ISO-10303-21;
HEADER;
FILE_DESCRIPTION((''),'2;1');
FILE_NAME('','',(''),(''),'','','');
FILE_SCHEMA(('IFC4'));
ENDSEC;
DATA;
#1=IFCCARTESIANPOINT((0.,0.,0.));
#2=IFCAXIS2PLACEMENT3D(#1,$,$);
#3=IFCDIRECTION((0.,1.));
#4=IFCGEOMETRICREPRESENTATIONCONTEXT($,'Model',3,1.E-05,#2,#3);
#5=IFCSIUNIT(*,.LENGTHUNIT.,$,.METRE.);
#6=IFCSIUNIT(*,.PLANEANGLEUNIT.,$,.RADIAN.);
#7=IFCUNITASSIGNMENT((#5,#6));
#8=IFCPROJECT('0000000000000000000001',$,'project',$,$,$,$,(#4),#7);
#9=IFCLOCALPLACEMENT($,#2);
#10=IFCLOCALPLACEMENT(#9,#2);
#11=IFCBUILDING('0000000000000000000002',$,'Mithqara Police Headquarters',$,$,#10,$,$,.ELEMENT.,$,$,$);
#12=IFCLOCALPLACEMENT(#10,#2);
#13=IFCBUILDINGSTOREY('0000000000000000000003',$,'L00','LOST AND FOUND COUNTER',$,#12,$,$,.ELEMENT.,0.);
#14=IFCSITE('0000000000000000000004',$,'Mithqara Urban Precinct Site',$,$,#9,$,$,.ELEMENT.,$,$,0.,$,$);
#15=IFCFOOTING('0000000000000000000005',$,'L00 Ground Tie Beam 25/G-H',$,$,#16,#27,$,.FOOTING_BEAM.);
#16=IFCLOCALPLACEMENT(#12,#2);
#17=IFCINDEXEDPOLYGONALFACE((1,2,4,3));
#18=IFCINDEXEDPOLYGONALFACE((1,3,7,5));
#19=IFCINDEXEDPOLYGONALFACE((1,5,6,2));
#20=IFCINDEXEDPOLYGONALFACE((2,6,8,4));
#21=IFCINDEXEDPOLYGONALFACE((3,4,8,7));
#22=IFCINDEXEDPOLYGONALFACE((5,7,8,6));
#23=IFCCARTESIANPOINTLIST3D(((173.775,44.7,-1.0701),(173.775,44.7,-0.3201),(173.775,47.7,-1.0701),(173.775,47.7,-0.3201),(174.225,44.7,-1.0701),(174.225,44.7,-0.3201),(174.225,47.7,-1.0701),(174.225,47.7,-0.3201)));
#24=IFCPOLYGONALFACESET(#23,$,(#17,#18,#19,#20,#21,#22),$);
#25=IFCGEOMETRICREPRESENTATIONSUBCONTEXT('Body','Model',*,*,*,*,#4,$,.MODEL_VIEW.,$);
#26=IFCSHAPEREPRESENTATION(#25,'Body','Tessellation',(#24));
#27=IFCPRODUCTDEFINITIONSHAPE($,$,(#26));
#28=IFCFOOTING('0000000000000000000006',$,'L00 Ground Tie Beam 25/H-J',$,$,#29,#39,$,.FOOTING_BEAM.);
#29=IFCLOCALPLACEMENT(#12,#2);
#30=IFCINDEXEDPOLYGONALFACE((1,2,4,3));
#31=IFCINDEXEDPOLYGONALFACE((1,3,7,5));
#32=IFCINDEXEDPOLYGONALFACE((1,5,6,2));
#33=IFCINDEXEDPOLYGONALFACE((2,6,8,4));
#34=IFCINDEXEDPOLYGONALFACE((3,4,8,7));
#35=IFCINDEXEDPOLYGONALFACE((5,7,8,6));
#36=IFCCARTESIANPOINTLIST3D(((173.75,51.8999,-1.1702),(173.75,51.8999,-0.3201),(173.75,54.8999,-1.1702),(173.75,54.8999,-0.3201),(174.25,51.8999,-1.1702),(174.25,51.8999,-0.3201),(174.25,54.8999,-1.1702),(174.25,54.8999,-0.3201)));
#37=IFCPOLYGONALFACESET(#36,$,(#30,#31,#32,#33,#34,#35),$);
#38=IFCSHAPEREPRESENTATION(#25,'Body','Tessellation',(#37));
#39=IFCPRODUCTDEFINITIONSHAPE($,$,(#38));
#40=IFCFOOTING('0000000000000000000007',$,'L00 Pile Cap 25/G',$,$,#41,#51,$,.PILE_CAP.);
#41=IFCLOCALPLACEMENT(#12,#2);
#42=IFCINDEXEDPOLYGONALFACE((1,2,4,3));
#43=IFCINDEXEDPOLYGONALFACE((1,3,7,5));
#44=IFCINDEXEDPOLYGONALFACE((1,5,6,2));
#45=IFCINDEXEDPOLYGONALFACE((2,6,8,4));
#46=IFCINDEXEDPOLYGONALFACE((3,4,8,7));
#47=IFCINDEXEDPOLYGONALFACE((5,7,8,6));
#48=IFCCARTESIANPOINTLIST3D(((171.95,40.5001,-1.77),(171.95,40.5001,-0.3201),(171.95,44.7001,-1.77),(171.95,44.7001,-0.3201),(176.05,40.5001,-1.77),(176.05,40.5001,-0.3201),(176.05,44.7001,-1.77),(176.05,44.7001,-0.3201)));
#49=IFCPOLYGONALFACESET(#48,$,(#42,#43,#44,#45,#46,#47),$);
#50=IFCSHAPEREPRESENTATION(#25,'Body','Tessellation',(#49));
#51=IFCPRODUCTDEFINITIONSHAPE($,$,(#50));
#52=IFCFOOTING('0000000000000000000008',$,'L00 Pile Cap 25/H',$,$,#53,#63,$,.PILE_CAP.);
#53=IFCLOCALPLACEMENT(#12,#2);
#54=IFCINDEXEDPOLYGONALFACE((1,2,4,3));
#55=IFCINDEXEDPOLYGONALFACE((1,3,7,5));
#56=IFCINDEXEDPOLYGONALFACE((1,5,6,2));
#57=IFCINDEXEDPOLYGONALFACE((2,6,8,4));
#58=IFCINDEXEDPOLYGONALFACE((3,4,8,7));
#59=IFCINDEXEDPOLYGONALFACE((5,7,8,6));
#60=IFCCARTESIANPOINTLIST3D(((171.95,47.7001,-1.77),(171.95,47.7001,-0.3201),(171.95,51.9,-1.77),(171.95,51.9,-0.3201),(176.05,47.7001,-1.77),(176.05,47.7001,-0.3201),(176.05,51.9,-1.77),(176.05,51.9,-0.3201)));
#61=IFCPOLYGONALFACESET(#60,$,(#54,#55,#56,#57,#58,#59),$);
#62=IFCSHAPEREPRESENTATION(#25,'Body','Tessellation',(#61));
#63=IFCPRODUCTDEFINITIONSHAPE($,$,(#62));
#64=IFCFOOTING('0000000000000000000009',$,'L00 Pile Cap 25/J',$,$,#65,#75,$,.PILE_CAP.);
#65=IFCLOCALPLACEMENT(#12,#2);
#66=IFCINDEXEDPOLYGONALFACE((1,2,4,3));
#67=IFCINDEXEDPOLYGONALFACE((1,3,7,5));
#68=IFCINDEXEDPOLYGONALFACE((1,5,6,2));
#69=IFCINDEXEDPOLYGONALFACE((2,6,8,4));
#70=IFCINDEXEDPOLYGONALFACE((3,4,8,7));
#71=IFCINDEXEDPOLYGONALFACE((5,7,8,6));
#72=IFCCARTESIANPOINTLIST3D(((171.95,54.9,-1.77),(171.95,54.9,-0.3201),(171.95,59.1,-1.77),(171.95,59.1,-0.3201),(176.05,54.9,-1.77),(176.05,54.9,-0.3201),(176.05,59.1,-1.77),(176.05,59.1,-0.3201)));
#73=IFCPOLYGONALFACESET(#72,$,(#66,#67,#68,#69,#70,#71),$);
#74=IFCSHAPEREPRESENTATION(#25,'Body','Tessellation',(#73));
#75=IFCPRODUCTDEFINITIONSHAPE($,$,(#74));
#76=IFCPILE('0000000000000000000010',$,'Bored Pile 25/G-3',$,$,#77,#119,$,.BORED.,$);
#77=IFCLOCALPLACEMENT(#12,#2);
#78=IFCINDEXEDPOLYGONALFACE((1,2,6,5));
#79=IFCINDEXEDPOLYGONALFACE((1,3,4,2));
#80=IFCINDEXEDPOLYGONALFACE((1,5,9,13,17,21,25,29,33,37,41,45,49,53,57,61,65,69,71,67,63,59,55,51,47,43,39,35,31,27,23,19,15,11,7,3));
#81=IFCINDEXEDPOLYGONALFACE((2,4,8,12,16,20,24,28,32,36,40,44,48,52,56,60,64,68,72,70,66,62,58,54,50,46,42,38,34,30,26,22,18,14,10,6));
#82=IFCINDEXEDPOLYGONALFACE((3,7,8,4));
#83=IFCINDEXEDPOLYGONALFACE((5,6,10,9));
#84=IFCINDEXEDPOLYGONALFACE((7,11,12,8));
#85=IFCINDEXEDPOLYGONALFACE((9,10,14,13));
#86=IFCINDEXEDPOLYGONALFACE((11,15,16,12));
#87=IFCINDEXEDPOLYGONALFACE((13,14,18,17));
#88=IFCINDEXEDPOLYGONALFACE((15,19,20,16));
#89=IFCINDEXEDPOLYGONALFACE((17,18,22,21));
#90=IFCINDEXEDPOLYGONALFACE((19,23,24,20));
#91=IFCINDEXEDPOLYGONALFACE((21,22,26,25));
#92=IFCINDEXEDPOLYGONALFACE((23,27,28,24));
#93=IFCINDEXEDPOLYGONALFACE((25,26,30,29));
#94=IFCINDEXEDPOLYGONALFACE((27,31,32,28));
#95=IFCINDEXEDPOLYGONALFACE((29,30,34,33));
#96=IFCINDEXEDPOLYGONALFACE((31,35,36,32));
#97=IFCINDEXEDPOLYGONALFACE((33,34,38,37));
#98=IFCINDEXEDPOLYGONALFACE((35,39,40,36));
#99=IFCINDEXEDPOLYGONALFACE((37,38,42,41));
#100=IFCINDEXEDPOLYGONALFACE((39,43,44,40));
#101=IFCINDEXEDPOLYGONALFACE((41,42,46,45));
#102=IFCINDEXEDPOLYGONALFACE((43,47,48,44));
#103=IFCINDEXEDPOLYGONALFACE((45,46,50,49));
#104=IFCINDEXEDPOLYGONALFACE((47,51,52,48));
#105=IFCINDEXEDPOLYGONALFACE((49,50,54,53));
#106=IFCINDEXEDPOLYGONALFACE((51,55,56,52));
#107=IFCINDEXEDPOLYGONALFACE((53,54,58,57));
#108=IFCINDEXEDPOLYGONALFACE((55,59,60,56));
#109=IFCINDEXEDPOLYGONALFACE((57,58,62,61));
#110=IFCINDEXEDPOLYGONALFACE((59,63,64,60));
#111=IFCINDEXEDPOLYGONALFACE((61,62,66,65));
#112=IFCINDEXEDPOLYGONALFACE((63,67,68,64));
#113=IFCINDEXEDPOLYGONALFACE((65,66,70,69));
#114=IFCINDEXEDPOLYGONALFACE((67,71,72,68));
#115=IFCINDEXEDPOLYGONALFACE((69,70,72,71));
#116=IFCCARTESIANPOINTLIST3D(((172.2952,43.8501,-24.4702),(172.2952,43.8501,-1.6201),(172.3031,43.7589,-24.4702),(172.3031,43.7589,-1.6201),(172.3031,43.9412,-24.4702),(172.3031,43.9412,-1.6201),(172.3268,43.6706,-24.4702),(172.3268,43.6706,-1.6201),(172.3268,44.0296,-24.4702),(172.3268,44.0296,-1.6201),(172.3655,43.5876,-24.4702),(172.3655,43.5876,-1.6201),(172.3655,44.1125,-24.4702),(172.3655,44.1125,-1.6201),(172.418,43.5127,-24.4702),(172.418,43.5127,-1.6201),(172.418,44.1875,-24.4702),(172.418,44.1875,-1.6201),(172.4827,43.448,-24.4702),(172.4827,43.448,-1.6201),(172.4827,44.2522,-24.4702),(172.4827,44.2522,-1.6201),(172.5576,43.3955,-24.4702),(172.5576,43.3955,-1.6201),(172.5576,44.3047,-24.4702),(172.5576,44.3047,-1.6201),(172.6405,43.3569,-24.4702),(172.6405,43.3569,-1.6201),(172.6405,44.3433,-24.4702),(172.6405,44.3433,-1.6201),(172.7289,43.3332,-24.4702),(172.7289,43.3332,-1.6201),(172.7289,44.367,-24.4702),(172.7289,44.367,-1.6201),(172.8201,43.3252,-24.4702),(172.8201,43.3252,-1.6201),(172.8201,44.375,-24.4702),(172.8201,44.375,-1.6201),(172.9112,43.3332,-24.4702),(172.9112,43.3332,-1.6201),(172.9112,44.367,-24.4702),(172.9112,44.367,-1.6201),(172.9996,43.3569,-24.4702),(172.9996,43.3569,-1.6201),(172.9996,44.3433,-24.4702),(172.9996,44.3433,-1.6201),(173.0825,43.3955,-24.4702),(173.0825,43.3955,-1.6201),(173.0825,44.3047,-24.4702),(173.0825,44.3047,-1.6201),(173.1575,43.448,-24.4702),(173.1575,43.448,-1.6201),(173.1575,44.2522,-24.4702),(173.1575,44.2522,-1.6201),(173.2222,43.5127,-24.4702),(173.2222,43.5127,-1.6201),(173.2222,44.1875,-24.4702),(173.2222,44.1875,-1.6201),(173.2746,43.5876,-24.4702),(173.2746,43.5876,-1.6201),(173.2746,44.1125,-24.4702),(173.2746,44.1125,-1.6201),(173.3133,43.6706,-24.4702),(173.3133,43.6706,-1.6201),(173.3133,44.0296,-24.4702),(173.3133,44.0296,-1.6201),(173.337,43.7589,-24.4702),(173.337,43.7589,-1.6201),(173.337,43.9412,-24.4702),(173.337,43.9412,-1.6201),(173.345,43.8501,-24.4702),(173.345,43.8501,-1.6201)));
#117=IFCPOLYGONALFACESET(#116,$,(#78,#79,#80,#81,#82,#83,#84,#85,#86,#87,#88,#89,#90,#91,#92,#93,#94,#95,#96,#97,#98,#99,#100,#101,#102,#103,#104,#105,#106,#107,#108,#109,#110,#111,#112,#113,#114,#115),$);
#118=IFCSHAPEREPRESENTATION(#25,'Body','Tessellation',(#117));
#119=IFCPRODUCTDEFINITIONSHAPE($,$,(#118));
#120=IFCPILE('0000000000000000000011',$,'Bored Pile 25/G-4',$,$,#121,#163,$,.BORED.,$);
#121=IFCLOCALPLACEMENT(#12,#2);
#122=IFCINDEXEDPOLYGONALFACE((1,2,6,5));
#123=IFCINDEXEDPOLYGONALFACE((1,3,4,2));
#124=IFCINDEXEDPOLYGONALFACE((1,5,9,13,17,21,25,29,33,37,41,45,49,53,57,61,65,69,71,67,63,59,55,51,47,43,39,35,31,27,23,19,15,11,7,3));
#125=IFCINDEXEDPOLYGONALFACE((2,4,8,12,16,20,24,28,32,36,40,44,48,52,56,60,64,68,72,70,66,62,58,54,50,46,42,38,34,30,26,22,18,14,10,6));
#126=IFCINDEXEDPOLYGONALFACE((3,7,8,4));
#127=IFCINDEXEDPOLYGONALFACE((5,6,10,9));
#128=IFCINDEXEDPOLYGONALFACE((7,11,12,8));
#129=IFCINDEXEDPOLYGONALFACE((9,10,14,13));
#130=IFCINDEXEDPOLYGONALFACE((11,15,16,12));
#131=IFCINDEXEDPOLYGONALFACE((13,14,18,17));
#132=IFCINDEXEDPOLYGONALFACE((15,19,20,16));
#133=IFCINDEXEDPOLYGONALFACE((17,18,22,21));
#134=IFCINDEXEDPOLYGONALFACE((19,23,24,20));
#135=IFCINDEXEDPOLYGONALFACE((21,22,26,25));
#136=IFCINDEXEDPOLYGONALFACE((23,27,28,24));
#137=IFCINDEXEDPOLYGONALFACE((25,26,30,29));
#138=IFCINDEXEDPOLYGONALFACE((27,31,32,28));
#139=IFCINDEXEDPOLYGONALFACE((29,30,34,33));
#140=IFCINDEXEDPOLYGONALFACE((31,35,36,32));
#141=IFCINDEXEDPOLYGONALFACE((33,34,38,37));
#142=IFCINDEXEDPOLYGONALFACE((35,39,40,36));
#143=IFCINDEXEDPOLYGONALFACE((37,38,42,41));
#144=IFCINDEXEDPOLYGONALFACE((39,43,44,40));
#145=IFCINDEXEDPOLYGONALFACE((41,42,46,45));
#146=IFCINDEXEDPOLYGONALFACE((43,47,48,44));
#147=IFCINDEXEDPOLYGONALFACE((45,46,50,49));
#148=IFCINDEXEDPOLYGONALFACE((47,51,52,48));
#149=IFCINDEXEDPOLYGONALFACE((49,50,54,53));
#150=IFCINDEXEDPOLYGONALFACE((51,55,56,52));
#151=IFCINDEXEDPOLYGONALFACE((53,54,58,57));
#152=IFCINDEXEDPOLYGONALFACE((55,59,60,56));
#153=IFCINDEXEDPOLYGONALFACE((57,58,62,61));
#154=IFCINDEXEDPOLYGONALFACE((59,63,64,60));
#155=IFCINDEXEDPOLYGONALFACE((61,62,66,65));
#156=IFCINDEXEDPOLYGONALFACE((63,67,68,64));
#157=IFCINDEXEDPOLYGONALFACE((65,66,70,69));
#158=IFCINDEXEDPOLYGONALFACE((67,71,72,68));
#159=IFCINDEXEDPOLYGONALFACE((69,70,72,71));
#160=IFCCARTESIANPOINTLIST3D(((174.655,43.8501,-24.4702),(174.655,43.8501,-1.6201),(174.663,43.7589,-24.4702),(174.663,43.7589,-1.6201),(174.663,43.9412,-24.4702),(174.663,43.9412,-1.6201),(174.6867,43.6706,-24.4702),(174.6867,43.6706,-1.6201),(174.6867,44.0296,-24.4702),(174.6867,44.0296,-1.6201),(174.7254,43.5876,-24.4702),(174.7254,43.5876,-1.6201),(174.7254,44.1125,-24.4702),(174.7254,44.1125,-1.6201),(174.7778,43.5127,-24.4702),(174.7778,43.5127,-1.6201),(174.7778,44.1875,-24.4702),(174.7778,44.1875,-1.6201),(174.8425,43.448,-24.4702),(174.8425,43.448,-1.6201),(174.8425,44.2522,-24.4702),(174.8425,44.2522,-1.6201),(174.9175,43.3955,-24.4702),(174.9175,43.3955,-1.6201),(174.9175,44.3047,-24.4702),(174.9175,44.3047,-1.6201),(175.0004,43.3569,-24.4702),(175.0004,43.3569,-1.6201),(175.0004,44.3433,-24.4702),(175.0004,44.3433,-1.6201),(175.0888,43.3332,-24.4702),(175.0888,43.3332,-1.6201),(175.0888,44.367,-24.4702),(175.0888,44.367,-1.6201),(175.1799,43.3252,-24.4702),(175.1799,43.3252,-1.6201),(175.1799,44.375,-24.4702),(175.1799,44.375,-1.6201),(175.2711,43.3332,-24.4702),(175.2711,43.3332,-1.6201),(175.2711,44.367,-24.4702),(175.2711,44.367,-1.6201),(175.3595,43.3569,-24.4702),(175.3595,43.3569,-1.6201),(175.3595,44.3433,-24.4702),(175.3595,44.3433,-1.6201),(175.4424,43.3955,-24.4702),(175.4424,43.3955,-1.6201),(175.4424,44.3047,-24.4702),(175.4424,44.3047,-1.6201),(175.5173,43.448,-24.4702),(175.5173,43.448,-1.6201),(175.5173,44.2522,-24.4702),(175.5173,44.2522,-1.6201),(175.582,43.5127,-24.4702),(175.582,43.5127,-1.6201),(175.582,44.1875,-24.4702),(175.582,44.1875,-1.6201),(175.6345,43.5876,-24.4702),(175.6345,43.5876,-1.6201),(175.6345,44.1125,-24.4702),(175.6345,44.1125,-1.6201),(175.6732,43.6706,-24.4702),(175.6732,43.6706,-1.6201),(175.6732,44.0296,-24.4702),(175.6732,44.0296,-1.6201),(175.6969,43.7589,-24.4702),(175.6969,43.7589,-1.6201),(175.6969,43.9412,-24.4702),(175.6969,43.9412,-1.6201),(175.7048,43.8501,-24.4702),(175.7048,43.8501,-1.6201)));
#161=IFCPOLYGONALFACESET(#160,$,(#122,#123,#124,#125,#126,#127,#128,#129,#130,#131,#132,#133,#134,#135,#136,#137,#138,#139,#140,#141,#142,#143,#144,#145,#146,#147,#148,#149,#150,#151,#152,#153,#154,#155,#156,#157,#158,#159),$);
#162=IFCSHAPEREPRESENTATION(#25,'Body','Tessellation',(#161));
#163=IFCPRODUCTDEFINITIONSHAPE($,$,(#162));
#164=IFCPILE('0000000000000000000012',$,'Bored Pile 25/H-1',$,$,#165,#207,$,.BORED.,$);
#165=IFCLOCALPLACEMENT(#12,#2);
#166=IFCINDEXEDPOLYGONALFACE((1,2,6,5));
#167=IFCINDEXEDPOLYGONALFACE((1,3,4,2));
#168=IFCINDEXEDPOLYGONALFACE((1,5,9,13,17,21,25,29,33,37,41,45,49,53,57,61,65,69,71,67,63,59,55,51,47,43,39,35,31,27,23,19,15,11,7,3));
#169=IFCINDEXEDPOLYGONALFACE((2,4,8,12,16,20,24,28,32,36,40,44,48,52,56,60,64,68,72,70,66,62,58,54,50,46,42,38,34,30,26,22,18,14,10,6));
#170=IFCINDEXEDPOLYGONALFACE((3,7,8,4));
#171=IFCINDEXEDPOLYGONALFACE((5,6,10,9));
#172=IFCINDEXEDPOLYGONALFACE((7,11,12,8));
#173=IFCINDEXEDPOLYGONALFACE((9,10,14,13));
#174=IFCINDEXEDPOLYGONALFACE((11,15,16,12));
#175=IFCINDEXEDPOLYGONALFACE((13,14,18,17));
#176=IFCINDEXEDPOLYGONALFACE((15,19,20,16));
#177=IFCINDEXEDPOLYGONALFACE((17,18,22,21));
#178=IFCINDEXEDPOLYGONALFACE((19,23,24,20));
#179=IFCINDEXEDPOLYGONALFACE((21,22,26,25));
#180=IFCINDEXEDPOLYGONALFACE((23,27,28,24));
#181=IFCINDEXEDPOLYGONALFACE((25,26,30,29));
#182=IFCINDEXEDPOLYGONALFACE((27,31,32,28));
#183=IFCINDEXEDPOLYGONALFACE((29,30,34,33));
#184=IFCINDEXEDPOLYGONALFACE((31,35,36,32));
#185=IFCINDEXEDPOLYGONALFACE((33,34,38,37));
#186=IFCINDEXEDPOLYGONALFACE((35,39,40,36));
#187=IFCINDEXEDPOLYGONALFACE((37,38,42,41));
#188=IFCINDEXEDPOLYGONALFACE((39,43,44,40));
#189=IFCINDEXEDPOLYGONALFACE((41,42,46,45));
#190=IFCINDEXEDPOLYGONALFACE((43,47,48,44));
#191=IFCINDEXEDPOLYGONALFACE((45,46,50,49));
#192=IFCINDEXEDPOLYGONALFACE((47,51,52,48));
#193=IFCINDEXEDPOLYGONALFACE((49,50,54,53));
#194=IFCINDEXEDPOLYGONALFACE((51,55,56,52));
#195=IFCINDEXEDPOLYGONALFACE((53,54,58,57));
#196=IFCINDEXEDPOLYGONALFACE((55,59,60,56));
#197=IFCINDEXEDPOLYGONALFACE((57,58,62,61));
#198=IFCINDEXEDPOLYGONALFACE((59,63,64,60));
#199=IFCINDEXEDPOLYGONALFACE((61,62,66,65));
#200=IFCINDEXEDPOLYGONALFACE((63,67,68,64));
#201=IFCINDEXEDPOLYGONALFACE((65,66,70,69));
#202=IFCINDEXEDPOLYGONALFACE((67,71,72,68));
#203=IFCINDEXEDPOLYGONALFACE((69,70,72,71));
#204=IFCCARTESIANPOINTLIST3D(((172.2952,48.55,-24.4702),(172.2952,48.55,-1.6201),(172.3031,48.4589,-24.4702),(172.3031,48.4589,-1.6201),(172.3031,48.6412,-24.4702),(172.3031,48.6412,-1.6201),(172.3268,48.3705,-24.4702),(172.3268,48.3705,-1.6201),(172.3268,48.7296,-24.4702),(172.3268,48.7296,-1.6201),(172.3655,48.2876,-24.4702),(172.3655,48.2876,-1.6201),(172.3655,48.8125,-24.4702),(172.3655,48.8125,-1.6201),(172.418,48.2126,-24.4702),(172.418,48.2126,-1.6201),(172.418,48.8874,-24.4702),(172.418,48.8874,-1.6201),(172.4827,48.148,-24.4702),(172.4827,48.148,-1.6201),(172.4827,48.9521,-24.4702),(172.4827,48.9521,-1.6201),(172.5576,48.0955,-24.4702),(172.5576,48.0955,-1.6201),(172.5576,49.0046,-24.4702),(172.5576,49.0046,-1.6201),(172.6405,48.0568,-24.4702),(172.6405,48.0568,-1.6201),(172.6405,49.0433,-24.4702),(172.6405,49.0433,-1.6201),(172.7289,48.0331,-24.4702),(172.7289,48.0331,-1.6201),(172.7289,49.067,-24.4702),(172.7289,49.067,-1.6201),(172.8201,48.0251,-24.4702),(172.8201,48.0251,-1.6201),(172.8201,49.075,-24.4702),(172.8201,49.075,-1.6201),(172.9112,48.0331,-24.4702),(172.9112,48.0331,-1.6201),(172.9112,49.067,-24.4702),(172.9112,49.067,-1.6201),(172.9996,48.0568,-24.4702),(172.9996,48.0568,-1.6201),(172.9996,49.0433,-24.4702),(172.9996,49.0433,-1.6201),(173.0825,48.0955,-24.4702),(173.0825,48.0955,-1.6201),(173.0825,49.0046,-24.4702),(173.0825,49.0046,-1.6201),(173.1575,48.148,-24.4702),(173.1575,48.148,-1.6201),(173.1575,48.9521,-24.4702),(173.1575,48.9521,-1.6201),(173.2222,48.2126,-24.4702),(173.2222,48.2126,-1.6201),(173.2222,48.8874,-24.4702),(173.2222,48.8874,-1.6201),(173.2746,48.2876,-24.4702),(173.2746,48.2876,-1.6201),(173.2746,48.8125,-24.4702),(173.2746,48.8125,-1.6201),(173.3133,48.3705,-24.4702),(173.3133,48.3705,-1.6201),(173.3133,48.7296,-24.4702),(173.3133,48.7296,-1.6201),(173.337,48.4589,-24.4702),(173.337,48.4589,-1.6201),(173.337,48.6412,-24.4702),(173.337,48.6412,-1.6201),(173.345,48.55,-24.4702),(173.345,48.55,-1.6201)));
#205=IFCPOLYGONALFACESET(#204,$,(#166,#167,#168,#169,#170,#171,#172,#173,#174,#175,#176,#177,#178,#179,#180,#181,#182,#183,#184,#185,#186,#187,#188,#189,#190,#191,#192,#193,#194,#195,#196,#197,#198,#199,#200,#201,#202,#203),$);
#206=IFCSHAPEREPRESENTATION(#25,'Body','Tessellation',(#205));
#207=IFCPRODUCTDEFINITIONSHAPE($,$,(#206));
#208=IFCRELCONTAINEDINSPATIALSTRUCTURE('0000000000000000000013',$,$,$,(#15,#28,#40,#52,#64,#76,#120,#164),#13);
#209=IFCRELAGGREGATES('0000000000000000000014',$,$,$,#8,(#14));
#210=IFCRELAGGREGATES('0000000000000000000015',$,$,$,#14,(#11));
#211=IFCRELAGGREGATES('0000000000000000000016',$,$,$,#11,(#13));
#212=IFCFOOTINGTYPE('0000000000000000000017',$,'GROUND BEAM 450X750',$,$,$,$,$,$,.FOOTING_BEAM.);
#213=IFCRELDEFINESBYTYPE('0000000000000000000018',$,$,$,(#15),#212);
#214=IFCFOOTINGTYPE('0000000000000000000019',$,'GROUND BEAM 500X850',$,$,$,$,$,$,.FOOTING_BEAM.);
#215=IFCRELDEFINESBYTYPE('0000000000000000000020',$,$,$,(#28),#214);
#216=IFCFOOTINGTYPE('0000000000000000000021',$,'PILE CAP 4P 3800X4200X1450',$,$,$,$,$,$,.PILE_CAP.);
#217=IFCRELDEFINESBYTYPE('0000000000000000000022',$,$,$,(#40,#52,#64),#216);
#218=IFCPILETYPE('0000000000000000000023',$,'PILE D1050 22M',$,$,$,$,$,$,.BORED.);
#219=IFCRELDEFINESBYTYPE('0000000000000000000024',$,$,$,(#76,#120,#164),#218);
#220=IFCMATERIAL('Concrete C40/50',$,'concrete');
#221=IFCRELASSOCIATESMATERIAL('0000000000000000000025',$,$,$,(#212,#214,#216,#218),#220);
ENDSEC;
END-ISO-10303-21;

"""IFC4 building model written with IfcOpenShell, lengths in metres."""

from ifc_helpers import new_model, si_unit, direction, frame, origin, origin_2d, place, context, subcontext, project, spatial, rectangle, circle, extrude, material, material_profile, profile_set, type_object, element, save


model = new_model("IFC4")

# Units and contexts
model_context = context("Model", 3, precision=1e-05, world=origin(), true_north=direction((0.0, 1.0)))
body_context = subcontext(model_context, "Body", "Model", "MODEL_VIEW")
ifc_project = project(units=[si_unit("LENGTHUNIT", "METRE"), si_unit("PLANEANGLEUNIT", "RADIAN")], contexts=[model_context])

# Site, building, storey
site_placement = place(None, origin())
site = spatial("IfcSite", under=ifc_project, at=site_placement, Name="Mithqara Urban Precinct Site", CompositionType="ELEMENT", RefElevation=0.0)
building_placement = place(site_placement, origin())
building = spatial("IfcBuilding", under=site, at=building_placement, Name="Mithqara Police Headquarters", CompositionType="ELEMENT")
storey_placement = place(building_placement, origin())
storey = spatial("IfcBuildingStorey", under=building, at=storey_placement, Name="L00", Description="LOST AND FOUND COUNTER", CompositionType="ELEMENT", Elevation=0.0)

# Footings
ifc_material_1 = material(Name="Concrete C40/50", Category="concrete")
footing_type_1 = type_object("IfcFootingType", Name="GROUND BEAM 450X750", PredefinedType="FOOTING_BEAM", material=ifc_material_1)
footing_1_placement = place(storey_placement, frame((174.0, 46.2, -1.0701), z_axis=(0.0, 0.0, 1.0), x_axis=(1.0, 0.0, 0.0)))
element("IfcFooting", 1, at=footing_1_placement, inside=storey, type_object=footing_type_1, Name="L00 Ground Tie Beam 25/G-H", PredefinedType="FOOTING_BEAM", context=body_context, shape_type="SweptSolid", body=[
    extrude(rectangle(XDim=0.45, YDim=3.0, at=origin_2d()), origin(), (0.0, 0.0, 1.0), 0.75),
])
footing_type_2 = type_object("IfcFootingType", Name="GROUND BEAM 500X850", PredefinedType="FOOTING_BEAM", material=ifc_material_1)
footing_2_placement = place(storey_placement, frame((174.0, 53.3999, -1.1702), z_axis=(0.0, 0.0, 1.0), x_axis=(1.0, 0.0, 0.0)))
element("IfcFooting", 2, at=footing_2_placement, inside=storey, type_object=footing_type_2, Name="L00 Ground Tie Beam 25/H-J", PredefinedType="FOOTING_BEAM", context=body_context, shape_type="SweptSolid", body=[
    extrude(rectangle(XDim=0.5, YDim=3.0, at=origin_2d()), origin(), (0.0, 0.0, 1.0), 0.8501),
])
footing_type_3 = type_object("IfcFootingType", Name="PILE CAP 4P 3800X4200X1450", PredefinedType="PILE_CAP", material=ifc_material_1)
for number, where, z_axis, x_axis, name in (
    (3, (174.0, 42.6001, -1.77), (0.0, 0.0, 1.0), (1.0, 0.0, 0.0), "L00 Pile Cap 25/G"),
    (4, (174.0, 49.8, -1.77), (0.0, 0.0, 1.0), (1.0, 0.0, 0.0), "L00 Pile Cap 25/H"),
    (5, (174.0, 57.0, -1.77), (0.0, 0.0, 1.0), (1.0, 0.0, 0.0), "L00 Pile Cap 25/J"),
):
    element("IfcFooting", number, at=place(storey_placement, frame(where, z_axis=z_axis, x_axis=x_axis)), inside=storey, type_object=footing_type_3, Name=name, PredefinedType="PILE_CAP", context=body_context, shape_type="SweptSolid", body=[
        extrude(rectangle(XDim=4.1001, YDim=4.2, at=origin_2d()), origin(), (0.0, 0.0, 1.0), 1.45),
    ])

# Piles
ifc_material_profile_1 = material_profile(ifc_material_1, circle(Radius=0.5249, at=origin_2d()), Name="PILE D1050")
ifc_profile_set_1 = profile_set([ifc_material_profile_1], Name="Concrete C40/50")
pile_type = type_object("IfcPileType", Name="PILE D1050 22M", PredefinedType="BORED", material=ifc_profile_set_1)
for number, where, z_axis, x_axis, name in (
    (6, (172.8201, 43.8501, -1.6201), (0.0, 0.0, -1.0), (1.0, 0.0, 0.0), "Bored Pile 25/G-3"),
    (7, (175.1799, 43.8501, -1.6201), (0.0, 0.0, -1.0), (1.0, 0.0, 0.0), "Bored Pile 25/G-4"),
    (8, (172.8201, 48.55, -1.6201), (0.0, 0.0, -1.0), (1.0, 0.0, 0.0), "Bored Pile 25/H-1"),
):
    element("IfcPile", number, at=place(storey_placement, frame(where, z_axis=z_axis, x_axis=x_axis)), inside=storey, type_object=pile_type, Name=name, PredefinedType="BORED", context=body_context, shape_type="SweptSolid", body=[
        extrude(circle(Radius=0.5249, at=origin_2d()), origin(), (0.0, 0.0, 1.0), 22.8501),
    ])

save(model, "model.ifc")
